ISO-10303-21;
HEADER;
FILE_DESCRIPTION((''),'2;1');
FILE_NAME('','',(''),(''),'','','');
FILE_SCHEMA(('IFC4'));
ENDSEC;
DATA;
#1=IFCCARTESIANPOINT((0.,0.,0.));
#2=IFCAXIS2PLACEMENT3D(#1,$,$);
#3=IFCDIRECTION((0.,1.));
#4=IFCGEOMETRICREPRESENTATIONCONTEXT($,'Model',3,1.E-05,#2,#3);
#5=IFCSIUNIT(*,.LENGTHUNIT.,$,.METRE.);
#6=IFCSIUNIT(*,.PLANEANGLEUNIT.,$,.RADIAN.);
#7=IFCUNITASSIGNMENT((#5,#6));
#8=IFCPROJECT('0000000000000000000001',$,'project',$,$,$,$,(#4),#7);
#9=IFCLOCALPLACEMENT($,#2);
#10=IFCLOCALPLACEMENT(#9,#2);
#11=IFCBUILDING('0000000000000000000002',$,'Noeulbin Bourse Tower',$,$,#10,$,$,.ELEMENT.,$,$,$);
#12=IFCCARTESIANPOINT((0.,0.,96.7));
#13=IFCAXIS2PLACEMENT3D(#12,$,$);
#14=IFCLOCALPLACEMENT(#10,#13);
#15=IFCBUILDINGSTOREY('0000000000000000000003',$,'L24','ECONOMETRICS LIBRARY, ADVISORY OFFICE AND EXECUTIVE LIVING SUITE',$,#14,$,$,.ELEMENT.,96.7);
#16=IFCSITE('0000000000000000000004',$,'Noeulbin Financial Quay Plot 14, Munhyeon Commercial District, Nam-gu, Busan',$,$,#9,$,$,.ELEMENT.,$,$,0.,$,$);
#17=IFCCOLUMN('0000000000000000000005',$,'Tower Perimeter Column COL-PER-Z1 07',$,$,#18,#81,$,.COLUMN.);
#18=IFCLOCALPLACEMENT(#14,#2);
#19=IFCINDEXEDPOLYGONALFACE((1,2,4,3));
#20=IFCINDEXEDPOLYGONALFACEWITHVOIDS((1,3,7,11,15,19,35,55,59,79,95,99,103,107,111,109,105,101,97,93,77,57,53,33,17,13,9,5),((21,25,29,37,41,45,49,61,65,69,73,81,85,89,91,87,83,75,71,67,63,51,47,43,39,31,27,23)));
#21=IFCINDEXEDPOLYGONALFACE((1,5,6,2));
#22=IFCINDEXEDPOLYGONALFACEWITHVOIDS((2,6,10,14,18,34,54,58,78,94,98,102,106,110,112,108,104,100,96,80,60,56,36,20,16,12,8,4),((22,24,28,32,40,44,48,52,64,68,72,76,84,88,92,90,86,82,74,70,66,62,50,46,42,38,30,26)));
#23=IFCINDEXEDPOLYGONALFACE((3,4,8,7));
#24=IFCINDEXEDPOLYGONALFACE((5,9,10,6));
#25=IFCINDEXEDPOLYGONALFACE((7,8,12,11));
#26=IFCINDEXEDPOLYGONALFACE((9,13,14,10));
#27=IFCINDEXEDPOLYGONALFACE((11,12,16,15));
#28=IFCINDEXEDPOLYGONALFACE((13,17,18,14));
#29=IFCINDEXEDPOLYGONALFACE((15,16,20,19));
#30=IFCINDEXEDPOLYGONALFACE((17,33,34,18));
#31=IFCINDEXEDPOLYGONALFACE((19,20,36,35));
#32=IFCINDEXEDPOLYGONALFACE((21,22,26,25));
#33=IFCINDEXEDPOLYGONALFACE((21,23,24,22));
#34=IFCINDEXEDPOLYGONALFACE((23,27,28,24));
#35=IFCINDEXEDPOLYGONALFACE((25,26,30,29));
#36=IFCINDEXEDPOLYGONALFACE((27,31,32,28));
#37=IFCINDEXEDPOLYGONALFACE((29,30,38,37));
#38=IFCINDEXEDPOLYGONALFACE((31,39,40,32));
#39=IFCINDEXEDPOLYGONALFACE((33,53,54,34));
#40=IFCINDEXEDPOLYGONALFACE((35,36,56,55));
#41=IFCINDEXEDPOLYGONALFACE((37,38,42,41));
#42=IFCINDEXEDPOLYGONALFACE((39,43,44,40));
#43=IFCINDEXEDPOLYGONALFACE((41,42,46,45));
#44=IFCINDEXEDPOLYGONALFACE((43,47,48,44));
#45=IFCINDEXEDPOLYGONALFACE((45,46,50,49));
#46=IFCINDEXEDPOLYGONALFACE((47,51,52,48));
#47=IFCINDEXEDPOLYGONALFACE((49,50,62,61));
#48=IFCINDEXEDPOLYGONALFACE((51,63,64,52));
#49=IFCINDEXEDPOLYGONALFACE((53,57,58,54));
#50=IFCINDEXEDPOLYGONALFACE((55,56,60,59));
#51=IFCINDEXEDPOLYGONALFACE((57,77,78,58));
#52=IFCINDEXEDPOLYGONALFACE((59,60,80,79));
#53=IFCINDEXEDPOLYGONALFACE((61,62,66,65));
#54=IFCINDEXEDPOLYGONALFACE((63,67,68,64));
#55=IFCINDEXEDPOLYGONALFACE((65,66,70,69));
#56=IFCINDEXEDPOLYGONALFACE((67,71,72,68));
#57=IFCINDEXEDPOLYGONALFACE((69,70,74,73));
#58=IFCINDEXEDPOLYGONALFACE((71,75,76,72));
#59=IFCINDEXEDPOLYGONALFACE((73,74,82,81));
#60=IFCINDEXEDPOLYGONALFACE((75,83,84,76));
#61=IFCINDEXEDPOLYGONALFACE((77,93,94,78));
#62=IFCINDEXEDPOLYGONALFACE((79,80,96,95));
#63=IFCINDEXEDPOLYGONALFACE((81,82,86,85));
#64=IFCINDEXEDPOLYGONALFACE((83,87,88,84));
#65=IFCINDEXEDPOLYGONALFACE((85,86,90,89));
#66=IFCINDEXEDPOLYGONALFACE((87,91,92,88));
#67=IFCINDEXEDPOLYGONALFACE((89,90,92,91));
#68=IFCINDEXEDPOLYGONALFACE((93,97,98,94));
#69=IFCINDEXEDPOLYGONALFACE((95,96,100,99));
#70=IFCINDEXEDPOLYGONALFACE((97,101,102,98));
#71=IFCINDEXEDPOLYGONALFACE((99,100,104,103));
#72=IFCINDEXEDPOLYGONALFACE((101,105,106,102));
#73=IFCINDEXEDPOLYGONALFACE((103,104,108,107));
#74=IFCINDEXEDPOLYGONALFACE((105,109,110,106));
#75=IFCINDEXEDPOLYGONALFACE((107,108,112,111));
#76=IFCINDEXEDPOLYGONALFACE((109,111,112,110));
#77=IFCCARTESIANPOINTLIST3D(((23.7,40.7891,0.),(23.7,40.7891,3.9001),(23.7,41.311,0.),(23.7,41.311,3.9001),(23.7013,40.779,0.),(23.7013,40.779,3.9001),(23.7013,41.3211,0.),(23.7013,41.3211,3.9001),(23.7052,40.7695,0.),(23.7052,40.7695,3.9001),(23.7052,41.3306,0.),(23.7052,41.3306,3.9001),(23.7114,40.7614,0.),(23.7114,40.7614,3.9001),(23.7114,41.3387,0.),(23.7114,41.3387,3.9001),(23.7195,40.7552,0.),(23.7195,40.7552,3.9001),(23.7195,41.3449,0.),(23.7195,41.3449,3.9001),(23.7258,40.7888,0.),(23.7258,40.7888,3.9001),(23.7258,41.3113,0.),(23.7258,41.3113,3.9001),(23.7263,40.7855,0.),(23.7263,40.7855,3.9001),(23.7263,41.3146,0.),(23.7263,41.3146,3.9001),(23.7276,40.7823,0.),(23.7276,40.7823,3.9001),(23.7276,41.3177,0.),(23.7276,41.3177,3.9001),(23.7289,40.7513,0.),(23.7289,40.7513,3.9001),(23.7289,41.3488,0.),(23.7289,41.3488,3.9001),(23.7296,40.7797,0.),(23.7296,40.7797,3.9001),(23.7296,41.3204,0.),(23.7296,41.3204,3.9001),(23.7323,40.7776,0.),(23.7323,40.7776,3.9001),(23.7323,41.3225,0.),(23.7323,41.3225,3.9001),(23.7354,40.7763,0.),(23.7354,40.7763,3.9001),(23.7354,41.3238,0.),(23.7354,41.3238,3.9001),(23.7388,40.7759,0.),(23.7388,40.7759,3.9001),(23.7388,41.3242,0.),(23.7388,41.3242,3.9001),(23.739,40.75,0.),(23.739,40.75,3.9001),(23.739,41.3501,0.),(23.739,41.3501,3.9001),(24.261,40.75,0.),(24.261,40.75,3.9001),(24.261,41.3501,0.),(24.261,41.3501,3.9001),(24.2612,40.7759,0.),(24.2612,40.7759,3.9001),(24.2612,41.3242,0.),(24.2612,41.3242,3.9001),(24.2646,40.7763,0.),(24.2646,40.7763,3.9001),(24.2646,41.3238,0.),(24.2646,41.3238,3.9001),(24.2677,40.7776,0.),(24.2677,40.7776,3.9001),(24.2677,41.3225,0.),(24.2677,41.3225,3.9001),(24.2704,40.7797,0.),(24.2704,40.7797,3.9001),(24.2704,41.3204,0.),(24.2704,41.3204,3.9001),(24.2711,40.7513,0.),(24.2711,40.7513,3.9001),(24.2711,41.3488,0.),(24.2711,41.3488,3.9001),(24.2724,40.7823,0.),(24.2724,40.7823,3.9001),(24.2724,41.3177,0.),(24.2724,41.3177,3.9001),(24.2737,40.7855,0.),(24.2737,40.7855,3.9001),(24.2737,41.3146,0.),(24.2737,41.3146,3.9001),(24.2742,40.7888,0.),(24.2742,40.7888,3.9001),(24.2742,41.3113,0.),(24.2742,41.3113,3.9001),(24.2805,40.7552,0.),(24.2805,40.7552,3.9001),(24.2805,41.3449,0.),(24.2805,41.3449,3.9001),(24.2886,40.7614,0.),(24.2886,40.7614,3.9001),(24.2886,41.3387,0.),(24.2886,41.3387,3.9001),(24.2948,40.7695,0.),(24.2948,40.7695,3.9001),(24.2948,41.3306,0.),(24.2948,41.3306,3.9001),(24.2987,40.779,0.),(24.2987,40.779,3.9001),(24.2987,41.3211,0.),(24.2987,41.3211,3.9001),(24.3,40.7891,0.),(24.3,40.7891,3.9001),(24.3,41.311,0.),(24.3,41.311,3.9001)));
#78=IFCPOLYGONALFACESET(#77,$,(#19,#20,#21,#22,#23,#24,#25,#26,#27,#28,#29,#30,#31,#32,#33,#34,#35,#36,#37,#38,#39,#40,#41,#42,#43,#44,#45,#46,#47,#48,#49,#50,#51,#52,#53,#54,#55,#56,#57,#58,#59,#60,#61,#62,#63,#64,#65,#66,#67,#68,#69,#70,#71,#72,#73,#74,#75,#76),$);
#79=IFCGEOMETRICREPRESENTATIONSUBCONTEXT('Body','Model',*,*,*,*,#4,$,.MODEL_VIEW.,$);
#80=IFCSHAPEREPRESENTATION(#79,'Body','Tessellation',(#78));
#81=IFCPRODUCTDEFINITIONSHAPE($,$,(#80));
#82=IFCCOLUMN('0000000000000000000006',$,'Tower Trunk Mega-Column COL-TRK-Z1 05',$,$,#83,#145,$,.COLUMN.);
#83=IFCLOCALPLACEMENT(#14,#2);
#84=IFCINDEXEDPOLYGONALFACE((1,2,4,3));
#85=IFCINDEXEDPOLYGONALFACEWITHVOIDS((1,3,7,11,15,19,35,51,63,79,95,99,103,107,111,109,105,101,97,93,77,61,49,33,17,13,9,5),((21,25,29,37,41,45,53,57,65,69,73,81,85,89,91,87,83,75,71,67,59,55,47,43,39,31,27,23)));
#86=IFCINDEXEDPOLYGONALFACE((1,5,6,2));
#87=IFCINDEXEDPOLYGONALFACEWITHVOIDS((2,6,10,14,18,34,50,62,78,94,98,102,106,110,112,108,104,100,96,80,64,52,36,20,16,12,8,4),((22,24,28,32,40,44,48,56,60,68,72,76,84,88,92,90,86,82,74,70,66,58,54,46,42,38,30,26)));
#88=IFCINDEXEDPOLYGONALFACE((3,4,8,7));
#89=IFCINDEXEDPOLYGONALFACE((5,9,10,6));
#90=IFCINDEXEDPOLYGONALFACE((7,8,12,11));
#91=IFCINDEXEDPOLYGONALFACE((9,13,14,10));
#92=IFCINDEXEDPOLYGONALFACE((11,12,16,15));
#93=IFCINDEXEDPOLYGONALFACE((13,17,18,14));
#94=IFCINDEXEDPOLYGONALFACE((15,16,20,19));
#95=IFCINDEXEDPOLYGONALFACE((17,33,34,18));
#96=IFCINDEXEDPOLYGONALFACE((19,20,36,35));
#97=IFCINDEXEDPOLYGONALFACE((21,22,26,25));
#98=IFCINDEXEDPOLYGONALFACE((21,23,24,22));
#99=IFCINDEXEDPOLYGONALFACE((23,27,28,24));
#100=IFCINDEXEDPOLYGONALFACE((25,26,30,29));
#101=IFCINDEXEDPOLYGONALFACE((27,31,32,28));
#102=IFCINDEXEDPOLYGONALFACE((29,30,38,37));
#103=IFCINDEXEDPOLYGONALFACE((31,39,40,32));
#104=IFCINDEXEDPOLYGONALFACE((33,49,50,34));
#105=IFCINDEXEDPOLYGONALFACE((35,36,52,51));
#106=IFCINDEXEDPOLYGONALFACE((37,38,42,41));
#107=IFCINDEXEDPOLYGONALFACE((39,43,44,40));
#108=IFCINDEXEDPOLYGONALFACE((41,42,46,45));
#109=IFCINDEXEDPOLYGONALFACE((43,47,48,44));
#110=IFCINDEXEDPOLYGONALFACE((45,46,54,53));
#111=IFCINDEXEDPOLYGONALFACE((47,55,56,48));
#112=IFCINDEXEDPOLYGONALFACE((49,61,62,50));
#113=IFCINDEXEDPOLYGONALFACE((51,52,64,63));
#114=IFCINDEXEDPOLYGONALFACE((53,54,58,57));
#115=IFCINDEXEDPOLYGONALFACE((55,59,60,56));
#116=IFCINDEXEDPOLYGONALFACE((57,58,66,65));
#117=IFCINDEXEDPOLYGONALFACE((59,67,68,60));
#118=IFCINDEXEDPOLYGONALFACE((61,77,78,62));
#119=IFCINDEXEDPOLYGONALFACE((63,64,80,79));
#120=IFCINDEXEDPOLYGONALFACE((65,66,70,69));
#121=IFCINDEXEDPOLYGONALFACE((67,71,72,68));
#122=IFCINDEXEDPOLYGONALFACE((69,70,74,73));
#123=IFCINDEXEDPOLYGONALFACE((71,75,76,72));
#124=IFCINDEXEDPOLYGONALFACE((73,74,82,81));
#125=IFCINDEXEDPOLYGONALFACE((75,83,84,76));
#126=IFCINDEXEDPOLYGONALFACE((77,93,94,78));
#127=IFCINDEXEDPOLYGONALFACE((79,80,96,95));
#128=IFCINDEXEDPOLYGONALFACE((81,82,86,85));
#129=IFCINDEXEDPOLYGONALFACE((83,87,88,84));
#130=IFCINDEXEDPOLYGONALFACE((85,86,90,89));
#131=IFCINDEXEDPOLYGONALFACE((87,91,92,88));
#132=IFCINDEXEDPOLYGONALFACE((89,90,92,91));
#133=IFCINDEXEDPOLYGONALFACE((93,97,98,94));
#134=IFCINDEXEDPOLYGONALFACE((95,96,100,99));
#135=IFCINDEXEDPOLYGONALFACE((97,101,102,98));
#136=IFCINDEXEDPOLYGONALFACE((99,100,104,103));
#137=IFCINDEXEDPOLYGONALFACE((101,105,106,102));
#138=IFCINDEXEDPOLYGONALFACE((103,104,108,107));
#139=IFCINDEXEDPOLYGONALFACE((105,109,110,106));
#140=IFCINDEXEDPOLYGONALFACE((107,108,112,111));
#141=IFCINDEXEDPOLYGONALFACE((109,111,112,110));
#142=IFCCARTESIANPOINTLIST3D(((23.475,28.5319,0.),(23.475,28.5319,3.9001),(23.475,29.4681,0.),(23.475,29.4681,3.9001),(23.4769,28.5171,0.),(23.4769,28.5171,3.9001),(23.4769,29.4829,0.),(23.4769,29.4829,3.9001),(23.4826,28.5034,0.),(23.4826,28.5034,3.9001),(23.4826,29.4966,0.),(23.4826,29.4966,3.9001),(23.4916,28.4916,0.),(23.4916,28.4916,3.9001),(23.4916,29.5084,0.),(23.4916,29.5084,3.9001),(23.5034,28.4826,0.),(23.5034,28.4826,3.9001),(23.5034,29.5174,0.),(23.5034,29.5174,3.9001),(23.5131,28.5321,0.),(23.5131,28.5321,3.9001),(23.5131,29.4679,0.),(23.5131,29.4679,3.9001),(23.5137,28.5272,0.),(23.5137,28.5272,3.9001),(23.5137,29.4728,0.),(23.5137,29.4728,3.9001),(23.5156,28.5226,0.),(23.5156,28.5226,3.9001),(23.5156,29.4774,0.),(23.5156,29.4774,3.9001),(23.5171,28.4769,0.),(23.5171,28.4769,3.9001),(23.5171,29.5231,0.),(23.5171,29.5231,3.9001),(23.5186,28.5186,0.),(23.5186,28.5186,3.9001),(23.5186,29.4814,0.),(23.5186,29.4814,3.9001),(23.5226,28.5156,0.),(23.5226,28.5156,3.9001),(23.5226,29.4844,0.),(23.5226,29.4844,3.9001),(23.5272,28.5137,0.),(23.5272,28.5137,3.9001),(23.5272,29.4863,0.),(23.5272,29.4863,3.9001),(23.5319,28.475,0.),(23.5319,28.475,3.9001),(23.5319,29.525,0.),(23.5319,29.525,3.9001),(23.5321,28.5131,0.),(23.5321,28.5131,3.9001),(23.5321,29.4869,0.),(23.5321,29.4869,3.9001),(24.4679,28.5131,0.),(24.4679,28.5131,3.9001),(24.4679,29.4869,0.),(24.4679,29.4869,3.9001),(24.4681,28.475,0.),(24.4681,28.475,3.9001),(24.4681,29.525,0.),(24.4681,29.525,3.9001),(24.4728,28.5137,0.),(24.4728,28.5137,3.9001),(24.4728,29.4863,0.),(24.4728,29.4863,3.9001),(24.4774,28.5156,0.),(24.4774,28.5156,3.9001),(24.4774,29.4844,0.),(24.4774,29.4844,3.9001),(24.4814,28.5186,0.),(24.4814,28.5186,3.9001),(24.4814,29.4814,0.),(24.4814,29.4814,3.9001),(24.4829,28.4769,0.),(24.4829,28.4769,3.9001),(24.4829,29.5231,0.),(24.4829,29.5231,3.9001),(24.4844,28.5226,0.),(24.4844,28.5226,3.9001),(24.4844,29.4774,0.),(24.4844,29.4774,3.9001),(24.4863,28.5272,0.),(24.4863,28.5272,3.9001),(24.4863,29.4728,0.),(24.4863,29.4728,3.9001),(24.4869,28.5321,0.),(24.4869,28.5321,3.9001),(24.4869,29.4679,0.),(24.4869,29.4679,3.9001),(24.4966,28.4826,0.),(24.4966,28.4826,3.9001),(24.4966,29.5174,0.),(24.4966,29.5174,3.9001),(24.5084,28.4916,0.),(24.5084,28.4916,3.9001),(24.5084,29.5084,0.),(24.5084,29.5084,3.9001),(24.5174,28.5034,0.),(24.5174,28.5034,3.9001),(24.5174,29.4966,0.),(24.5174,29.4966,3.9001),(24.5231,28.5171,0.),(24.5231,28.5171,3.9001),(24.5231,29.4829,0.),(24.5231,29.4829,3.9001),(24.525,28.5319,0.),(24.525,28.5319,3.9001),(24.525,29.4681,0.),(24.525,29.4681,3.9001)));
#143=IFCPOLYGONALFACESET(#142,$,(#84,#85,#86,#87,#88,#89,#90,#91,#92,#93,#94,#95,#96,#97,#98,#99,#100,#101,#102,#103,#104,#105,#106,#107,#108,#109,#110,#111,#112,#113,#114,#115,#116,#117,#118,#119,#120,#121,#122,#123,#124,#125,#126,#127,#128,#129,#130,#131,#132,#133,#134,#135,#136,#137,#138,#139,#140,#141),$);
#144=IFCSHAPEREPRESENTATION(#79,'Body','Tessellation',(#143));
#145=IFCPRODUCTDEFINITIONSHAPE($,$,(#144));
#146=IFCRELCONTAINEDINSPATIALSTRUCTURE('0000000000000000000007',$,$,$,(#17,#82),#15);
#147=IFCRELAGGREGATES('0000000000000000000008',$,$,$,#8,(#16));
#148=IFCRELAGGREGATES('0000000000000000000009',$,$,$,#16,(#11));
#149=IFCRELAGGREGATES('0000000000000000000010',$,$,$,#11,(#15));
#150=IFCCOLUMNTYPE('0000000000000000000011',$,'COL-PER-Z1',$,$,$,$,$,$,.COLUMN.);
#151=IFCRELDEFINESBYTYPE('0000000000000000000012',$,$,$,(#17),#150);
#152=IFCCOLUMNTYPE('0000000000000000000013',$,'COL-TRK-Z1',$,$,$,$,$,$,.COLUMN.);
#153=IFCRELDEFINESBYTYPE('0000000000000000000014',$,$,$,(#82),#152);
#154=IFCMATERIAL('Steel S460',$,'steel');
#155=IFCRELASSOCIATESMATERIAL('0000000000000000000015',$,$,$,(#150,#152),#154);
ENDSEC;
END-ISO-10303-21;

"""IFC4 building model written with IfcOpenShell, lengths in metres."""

from ifc_helpers import new_model, si_unit, direction, frame, origin, origin_2d, place, context, subcontext, project, spatial, hollow_rectangle, extrude, material, material_profile, profile_set, type_object, element, save


model = new_model("IFC4")

# Units and contexts
model_context = context("Model", 3, precision=1e-05, world=origin(), true_north=direction((0.0, 1.0)))
body_context = subcontext(model_context, "Body", "Model", "MODEL_VIEW")
ifc_project = project(units=[si_unit("LENGTHUNIT", "METRE"), si_unit("PLANEANGLEUNIT", "RADIAN")], contexts=[model_context])

# Site, building, storey
site_placement = place(None, origin())
site = spatial("IfcSite", under=ifc_project, at=site_placement, Name="Noeulbin Financial Quay Plot 14, Munhyeon Commercial District, Nam-gu, Busan", CompositionType="ELEMENT", RefElevation=0.0)
building_placement = place(site_placement, origin())
building = spatial("IfcBuilding", under=site, at=building_placement, Name="Noeulbin Bourse Tower", CompositionType="ELEMENT")
storey_placement = place(building_placement, frame((0.0, 0.0, 96.7)))
storey = spatial("IfcBuildingStorey", under=building, at=storey_placement, Name="L24", Description="ECONOMETRICS LIBRARY, ADVISORY OFFICE AND EXECUTIVE LIVING SUITE", CompositionType="ELEMENT", Elevation=96.7)

# Columns
ifc_material_1 = material(Name="Steel S460", Category="steel")
ifc_material_profile_1 = material_profile(ifc_material_1, hollow_rectangle(XDim=0.6001, YDim=0.6001, WallThickness=0.0259, InnerFilletRadius=0.0129, OuterFilletRadius=0.0391, at=origin_2d()), Name="BOX-600x600x26", Category="LoadBearing")
ifc_profile_set_1 = profile_set([ifc_material_profile_1], Name="Steel S460")
column_type_1 = type_object("IfcColumnType", Name="COL-PER-Z1", PredefinedType="COLUMN", material=ifc_profile_set_1)
column_placement = place(storey_placement, frame((24.0, 41.05, 0.0), z_axis=(0.0, 0.0, 1.0), x_axis=(1.0, 0.0, 0.0)))
element("IfcColumn", 1, at=column_placement, inside=storey, type_object=column_type_1, Name="Tower Perimeter Column COL-PER-Z1 07", PredefinedType="COLUMN", context=body_context, shape_type="SweptSolid", body=[
    extrude(hollow_rectangle(XDim=0.6001, YDim=0.6001, WallThickness=0.0259, InnerFilletRadius=0.0129, OuterFilletRadius=0.0391, at=origin_2d()), origin(), (0.0, 0.0, 1.0), 3.9001),
])
ifc_material_profile_2 = material_profile(ifc_material_1, hollow_rectangle(XDim=1.05, YDim=1.05, WallThickness=0.0381, InnerFilletRadius=0.019, OuterFilletRadius=0.0569, at=origin_2d()), Name="BOX-1050x1050x38", Category="LoadBearing")
ifc_profile_set_2 = profile_set([ifc_material_profile_2], Name="Steel S460")
column_type_2 = type_object("IfcColumnType", Name="COL-TRK-Z1", PredefinedType="COLUMN", material=ifc_profile_set_2)
for number, where, z_axis, x_axis, name in (
    (2, (24.0, 29.0, 0.0), (0.0, 0.0, 1.0), (1.0, 0.0, 0.0), "Tower Trunk Mega-Column COL-TRK-Z1 05"),
):
    element("IfcColumn", number, at=place(storey_placement, frame(where, z_axis=z_axis, x_axis=x_axis)), inside=storey, type_object=column_type_2, Name=name, PredefinedType="COLUMN", context=body_context, shape_type="SweptSolid", body=[
        extrude(hollow_rectangle(XDim=1.05, YDim=1.05, WallThickness=0.0381, InnerFilletRadius=0.019, OuterFilletRadius=0.0569, at=origin_2d()), origin(), (0.0, 0.0, 1.0), 3.9001),
    ])

save(model, "model.ifc")
